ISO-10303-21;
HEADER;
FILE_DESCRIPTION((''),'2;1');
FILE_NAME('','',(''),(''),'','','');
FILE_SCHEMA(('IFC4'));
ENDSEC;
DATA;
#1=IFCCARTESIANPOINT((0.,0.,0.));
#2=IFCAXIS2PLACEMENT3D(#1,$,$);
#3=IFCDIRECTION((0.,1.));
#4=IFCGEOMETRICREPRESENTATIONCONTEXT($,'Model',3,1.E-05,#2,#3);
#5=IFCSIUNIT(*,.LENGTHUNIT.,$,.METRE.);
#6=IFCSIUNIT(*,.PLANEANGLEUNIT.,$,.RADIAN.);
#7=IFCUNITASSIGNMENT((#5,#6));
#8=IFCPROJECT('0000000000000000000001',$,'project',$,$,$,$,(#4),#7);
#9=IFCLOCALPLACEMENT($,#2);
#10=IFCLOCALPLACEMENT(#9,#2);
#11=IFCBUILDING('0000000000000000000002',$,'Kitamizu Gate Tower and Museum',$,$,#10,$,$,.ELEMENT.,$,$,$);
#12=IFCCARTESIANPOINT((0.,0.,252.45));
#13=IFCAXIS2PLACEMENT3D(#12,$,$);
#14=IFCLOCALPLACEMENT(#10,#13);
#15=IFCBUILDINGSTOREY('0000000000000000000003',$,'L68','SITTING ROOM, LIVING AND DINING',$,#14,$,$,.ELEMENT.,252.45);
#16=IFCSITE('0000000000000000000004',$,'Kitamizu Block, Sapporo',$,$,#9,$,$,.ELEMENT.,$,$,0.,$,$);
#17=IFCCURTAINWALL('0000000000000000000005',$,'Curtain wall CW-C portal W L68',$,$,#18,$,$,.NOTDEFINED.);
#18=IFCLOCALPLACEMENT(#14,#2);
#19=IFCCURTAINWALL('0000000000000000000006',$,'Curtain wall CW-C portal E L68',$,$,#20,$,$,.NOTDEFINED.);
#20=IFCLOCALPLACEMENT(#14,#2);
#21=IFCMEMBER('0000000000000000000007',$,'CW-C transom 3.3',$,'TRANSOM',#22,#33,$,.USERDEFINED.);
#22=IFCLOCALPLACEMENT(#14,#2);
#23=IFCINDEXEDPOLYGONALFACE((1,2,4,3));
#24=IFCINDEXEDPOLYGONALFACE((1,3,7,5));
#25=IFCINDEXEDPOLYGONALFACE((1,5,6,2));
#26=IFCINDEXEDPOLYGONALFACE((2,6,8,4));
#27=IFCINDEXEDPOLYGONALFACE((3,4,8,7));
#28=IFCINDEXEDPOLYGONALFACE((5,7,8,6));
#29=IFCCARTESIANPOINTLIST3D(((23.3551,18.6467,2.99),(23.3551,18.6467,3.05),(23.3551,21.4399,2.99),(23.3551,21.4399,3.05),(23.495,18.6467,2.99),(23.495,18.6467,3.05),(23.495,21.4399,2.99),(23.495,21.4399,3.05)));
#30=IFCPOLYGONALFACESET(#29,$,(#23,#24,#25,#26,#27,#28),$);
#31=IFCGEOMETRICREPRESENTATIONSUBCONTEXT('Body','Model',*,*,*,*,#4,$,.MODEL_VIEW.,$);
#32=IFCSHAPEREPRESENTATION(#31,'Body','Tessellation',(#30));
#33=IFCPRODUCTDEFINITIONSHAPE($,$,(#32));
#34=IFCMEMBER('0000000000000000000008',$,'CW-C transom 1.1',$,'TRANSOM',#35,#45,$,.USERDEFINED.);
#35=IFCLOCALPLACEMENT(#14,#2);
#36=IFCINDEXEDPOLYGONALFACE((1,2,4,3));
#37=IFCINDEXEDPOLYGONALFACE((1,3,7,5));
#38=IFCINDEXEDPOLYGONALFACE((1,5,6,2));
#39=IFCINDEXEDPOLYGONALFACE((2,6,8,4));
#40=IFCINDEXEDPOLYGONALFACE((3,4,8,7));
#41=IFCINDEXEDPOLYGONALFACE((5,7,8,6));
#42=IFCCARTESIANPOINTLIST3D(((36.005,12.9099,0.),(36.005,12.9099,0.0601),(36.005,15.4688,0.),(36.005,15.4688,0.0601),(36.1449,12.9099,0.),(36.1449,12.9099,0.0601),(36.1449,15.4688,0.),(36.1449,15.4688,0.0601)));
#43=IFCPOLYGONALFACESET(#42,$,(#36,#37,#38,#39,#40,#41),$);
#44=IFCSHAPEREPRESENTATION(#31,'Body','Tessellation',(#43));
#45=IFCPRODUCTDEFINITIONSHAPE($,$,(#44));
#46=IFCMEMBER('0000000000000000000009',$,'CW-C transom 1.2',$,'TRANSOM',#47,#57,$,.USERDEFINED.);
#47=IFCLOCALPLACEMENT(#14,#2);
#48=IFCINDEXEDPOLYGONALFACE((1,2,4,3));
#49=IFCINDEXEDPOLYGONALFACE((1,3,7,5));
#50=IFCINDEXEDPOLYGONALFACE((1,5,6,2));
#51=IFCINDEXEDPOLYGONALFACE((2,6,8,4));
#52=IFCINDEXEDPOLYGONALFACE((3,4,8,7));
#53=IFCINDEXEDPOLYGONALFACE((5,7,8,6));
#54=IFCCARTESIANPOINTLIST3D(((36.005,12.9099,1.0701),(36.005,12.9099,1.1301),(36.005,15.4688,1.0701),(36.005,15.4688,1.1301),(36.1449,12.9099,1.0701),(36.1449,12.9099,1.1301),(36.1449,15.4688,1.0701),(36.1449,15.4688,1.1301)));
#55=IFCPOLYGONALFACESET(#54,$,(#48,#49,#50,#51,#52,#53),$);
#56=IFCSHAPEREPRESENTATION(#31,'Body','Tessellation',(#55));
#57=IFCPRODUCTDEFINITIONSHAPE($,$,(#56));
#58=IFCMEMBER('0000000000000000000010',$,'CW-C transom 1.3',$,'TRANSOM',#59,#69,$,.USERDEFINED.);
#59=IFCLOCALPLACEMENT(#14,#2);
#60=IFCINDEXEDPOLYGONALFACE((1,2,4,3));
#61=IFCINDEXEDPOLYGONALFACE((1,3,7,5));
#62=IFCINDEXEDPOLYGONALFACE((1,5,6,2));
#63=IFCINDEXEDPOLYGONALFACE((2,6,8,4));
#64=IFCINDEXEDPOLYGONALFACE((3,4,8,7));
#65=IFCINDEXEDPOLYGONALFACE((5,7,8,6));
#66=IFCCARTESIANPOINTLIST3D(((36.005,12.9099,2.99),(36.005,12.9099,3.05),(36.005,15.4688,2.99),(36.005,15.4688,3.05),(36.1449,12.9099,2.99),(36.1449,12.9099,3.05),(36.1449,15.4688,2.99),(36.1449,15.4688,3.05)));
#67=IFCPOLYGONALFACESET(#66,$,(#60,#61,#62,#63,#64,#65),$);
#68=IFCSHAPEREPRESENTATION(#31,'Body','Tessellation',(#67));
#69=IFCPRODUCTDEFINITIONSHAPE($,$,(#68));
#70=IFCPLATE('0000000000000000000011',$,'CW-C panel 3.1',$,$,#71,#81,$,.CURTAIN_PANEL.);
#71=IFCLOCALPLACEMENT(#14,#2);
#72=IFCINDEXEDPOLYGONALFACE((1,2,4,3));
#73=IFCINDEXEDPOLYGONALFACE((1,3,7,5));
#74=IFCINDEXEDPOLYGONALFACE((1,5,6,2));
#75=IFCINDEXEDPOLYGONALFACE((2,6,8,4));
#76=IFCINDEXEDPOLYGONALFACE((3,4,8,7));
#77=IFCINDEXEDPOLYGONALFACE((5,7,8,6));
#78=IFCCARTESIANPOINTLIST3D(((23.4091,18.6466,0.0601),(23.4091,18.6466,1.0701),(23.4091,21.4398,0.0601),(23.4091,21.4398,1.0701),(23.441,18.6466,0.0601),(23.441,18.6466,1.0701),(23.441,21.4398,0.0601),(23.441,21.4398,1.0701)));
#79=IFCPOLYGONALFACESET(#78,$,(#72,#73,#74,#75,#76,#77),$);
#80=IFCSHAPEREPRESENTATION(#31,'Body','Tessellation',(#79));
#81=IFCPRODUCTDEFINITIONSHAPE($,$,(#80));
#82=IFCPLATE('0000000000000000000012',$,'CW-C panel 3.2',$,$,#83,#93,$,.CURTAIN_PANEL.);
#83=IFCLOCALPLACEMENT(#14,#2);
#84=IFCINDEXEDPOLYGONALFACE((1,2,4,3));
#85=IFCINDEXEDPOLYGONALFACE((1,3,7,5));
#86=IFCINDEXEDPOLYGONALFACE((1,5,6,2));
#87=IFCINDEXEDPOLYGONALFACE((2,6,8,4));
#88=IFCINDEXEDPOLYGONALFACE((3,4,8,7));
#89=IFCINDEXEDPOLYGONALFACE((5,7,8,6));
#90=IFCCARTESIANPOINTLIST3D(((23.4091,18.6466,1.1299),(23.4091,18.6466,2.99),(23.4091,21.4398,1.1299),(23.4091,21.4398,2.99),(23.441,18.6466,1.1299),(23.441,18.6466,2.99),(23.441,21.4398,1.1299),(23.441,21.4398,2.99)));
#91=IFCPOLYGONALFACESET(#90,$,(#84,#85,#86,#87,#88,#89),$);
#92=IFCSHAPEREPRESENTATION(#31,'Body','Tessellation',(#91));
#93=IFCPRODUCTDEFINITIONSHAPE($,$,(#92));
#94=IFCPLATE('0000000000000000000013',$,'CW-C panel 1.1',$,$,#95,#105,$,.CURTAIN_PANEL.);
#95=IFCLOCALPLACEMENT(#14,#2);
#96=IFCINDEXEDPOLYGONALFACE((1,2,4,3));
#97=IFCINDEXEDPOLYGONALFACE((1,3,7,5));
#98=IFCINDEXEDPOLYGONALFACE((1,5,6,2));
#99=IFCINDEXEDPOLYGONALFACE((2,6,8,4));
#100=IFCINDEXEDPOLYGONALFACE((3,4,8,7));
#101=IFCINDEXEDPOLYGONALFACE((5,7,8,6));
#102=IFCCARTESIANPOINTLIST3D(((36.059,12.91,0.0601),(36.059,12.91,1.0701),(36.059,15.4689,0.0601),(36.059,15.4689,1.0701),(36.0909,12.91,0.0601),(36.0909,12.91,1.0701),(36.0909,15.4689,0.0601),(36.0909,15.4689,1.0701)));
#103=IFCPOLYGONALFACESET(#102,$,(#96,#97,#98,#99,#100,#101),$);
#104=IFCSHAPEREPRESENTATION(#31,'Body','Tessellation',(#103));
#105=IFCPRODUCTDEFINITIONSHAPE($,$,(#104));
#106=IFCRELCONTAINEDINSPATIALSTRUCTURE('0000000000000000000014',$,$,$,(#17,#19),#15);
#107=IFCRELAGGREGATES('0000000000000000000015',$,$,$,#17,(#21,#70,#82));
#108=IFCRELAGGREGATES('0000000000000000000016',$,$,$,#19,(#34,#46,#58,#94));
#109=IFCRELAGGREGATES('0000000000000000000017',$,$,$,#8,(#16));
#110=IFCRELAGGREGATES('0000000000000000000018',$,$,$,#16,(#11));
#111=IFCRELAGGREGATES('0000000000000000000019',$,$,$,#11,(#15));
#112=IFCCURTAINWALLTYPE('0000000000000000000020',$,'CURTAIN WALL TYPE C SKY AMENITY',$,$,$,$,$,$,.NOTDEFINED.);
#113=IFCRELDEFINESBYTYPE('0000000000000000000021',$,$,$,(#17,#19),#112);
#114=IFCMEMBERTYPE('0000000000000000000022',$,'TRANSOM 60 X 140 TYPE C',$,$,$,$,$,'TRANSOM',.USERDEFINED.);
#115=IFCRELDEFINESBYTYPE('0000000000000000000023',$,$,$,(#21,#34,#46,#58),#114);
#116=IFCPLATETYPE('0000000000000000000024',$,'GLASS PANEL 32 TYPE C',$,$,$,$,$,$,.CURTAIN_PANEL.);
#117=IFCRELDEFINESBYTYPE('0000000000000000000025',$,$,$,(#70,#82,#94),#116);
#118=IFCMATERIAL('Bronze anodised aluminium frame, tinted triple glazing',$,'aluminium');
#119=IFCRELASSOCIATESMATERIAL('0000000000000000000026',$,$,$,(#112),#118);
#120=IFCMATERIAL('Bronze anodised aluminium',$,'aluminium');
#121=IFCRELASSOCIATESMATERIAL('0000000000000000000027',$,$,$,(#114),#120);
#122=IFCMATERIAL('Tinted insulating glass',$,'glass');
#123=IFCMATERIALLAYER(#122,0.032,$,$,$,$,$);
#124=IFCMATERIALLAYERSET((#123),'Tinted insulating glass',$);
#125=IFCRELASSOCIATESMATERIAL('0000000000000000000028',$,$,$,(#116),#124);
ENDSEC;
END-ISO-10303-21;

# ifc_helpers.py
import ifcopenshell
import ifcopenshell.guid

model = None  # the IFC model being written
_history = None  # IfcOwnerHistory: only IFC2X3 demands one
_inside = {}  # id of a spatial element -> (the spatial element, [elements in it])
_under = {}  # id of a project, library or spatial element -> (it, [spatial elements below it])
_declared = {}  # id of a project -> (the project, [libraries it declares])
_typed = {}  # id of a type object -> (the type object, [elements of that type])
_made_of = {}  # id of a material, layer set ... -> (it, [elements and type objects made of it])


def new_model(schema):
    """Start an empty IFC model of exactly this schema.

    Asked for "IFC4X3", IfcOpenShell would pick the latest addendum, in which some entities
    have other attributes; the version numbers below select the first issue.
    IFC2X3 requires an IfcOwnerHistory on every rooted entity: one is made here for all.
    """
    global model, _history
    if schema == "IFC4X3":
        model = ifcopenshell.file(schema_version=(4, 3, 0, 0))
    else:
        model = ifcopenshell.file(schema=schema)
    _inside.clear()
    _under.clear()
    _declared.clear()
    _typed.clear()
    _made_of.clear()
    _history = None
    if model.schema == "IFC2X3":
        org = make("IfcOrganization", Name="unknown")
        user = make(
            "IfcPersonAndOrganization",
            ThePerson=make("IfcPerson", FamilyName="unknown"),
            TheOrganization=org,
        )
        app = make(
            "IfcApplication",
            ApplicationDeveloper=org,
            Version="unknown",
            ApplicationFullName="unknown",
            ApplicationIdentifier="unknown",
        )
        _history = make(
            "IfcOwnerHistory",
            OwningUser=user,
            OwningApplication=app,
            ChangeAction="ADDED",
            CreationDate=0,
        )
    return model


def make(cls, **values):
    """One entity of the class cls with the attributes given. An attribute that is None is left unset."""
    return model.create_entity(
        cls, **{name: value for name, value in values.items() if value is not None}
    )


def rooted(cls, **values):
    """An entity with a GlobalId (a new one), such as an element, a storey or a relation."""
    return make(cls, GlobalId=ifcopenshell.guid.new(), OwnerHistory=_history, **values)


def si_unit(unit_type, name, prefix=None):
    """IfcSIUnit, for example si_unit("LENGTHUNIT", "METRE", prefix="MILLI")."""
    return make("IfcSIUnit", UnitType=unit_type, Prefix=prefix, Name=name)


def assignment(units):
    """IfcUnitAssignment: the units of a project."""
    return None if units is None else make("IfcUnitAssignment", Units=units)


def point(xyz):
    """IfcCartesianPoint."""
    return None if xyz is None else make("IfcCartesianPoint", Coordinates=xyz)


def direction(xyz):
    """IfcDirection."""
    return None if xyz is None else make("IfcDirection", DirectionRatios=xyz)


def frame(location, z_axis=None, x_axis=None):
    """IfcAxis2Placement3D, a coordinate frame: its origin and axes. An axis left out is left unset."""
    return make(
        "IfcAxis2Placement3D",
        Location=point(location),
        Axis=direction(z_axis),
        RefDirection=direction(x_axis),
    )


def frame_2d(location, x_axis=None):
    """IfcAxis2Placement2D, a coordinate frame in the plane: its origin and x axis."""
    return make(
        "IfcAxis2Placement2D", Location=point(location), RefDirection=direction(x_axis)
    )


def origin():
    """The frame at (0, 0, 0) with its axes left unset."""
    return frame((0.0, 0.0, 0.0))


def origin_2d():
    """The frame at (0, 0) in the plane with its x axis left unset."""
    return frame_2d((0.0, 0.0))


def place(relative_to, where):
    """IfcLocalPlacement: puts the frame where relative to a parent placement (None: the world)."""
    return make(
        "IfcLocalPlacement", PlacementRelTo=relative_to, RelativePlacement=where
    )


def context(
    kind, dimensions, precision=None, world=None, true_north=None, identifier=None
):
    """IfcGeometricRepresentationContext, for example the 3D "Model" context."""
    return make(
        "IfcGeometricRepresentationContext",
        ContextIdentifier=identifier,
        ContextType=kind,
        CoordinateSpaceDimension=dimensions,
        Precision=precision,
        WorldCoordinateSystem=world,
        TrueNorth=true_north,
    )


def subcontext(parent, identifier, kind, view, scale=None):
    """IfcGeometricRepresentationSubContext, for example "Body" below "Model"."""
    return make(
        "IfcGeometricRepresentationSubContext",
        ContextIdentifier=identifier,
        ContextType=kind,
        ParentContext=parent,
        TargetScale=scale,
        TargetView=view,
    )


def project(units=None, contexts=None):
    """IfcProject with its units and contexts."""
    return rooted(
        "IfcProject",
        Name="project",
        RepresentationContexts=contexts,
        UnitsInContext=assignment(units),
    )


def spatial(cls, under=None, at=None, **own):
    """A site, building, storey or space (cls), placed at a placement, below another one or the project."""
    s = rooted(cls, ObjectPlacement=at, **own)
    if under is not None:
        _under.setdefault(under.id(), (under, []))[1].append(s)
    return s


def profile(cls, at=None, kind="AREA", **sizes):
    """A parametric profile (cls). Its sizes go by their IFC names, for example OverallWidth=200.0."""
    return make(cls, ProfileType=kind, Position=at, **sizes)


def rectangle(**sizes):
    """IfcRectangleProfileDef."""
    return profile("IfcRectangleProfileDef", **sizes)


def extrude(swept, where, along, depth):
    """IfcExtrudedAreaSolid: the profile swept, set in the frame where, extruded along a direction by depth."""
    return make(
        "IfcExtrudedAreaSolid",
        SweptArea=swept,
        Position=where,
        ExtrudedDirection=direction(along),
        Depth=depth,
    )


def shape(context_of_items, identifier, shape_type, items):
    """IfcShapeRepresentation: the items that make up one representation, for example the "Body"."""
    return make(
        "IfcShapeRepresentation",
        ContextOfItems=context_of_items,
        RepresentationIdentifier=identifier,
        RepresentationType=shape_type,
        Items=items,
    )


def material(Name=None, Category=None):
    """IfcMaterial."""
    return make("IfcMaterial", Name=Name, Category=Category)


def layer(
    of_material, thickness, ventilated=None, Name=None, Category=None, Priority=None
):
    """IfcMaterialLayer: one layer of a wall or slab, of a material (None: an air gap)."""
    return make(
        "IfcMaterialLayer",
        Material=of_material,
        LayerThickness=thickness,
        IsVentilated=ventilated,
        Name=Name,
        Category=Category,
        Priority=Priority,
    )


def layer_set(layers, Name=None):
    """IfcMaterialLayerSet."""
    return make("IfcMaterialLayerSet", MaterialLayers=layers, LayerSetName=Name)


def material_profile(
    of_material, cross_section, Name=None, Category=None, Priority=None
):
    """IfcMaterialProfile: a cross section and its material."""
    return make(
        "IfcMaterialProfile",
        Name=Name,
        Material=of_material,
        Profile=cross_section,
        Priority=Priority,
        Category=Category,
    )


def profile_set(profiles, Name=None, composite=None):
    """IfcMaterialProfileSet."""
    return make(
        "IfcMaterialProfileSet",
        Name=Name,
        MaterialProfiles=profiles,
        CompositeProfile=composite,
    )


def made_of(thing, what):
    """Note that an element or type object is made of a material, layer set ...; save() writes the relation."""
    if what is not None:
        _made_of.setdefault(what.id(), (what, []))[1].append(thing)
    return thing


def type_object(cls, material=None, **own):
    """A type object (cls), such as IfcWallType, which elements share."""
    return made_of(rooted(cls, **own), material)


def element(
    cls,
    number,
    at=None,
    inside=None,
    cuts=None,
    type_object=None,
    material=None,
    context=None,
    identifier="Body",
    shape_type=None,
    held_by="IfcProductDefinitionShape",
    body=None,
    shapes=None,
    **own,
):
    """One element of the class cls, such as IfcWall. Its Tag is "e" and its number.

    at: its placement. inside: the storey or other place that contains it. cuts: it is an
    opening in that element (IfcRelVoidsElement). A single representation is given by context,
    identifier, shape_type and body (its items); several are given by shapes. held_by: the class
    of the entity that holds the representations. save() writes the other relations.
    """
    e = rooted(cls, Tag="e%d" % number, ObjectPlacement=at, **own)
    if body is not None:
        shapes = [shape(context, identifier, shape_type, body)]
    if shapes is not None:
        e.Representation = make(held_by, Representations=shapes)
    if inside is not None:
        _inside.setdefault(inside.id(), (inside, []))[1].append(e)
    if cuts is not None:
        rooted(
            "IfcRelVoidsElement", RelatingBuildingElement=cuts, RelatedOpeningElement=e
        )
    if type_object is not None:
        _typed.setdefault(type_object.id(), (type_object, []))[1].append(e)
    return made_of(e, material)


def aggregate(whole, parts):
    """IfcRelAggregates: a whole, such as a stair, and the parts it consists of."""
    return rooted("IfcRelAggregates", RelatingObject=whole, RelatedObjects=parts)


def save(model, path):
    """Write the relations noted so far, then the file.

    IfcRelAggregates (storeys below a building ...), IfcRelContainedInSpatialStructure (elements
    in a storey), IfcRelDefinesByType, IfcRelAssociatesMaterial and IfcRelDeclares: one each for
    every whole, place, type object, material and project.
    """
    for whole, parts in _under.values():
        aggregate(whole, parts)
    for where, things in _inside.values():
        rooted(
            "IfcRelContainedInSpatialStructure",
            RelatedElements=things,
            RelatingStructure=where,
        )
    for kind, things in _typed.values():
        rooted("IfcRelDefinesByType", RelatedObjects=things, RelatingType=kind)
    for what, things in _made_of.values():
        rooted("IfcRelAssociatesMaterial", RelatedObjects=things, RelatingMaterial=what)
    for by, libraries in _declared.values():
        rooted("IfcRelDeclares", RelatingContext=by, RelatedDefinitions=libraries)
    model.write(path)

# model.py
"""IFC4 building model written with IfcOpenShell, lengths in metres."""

from ifc_helpers import new_model, si_unit, direction, frame, origin, origin_2d, place, context, subcontext, project, spatial, rectangle, extrude, material, layer, layer_set, material_profile, profile_set, type_object, element, aggregate, save


model = new_model("IFC4")

# Units and contexts
model_context = context("Model", 3, precision=1e-05, world=origin(), true_north=direction((0.0, 1.0)))
body_context = subcontext(model_context, "Body", "Model", "MODEL_VIEW")
ifc_project = project(units=[si_unit("LENGTHUNIT", "METRE"), si_unit("PLANEANGLEUNIT", "RADIAN")], contexts=[model_context])

# Site, building, storey
site_placement = place(None, origin())
site = spatial("IfcSite", under=ifc_project, at=site_placement, Name="Kitamizu Block, Sapporo", CompositionType="ELEMENT", RefElevation=0.0)
building_placement = place(site_placement, origin())
building = spatial("IfcBuilding", under=site, at=building_placement, Name="Kitamizu Gate Tower and Museum", CompositionType="ELEMENT")
storey_placement = place(building_placement, frame((0.0, 0.0, 252.45)))
storey = spatial("IfcBuildingStorey", under=building, at=storey_placement, Name="L68", Description="SITTING ROOM, LIVING AND DINING", CompositionType="ELEMENT", Elevation=252.45)

# Curtain walls
ifc_material_1 = material(Name="Bronze anodised aluminium frame, tinted triple glazing", Category="aluminium")
curtain_wall_type = type_object("IfcCurtainWallType", Name="CURTAIN WALL TYPE C SKY AMENITY", PredefinedType="NOTDEFINED", material=ifc_material_1)
curtain_wall_1_placement = place(storey_placement, origin())
curtain_wall_1 = element("IfcCurtainWall", 1, at=curtain_wall_1_placement, inside=storey, type_object=curtain_wall_type, Name="Curtain wall CW-C portal W L68", PredefinedType="NOTDEFINED")
curtain_wall_2_placement = place(storey_placement, origin())
curtain_wall_2 = element("IfcCurtainWall", 2, at=curtain_wall_2_placement, inside=storey, type_object=curtain_wall_type, Name="Curtain wall CW-C portal E L68", PredefinedType="NOTDEFINED")

# Members
ifc_material_2 = material(Name="Bronze anodised aluminium", Category="aluminium")
ifc_material_profile_1 = material_profile(ifc_material_2, rectangle(XDim=0.1399, YDim=0.0601, at=origin_2d()), Name="AL 60X140")
ifc_profile_set_1 = profile_set([ifc_material_profile_1], Name="Bronze anodised aluminium")
member_type_1 = type_object("IfcMemberType", Name="TRANSOM 60 X 140 TYPE C", ElementType="TRANSOM", PredefinedType="USERDEFINED", material=ifc_profile_set_1)
member_1_placement = place(storey_placement, frame((23.425, 18.6467, 3.02), z_axis=(0.0, 1.0, 0.0), x_axis=(-1.0, 0.0, 0.0)))
member_1 = element("IfcMember", 3, at=member_1_placement, type_object=member_type_1, Name="CW-C transom 3.3", ObjectType="TRANSOM", PredefinedType="USERDEFINED", context=body_context, shape_type="SweptSolid", body=[
    extrude(rectangle(XDim=0.1399, YDim=0.0601, at=origin_2d()), origin(), (0.0, 0.0, 1.0), 2.7932),
])
member_2_placement = place(storey_placement, frame((36.075, 12.9099, 0.03), z_axis=(0.0, 1.0, 0.0), x_axis=(-1.0, 0.0, 0.0)))
member_2 = element("IfcMember", 4, at=member_2_placement, type_object=member_type_1, Name="CW-C transom 1.1", ObjectType="TRANSOM", PredefinedType="USERDEFINED", context=body_context, shape_type="SweptSolid", body=[
    extrude(rectangle(XDim=0.1399, YDim=0.0601, at=origin_2d()), origin(), (0.0, 0.0, 1.0), 2.5588),
])
member_3_placement = place(storey_placement, frame((36.075, 12.9099, 1.1001), z_axis=(0.0, 1.0, 0.0), x_axis=(-1.0, 0.0, 0.0)))
member_3 = element("IfcMember", 5, at=member_3_placement, type_object=member_type_1, Name="CW-C transom 1.2", ObjectType="TRANSOM", PredefinedType="USERDEFINED", context=body_context, shape_type="SweptSolid", body=[
    extrude(rectangle(XDim=0.1399, YDim=0.0601, at=origin_2d()), origin(), (0.0, 0.0, 1.0), 2.5588),
])
member_4_placement = place(storey_placement, frame((36.075, 12.9099, 3.02), z_axis=(0.0, 1.0, 0.0), x_axis=(-1.0, 0.0, 0.0)))
member_4 = element("IfcMember", 6, at=member_4_placement, type_object=member_type_1, Name="CW-C transom 1.3", ObjectType="TRANSOM", PredefinedType="USERDEFINED", context=body_context, shape_type="SweptSolid", body=[
    extrude(rectangle(XDim=0.1399, YDim=0.0601, at=origin_2d()), origin(), (0.0, 0.0, 1.0), 2.5588),
])

# Plates
ifc_material_3 = material(Name="Tinted insulating glass", Category="glass")
ifc_layer_1 = layer(ifc_material_3, 0.032)
ifc_layer_set_1 = layer_set([ifc_layer_1], Name="Tinted insulating glass")
plate_type = type_object("IfcPlateType", Name="GLASS PANEL 32 TYPE C", PredefinedType="CURTAIN_PANEL", material=ifc_layer_set_1)
plate_1_placement = place(storey_placement, frame((23.425, 20.0432, 0.0601), z_axis=(0.0, 0.0, 1.0), x_axis=(0.0, 1.0, 0.0)))
plate_1 = element("IfcPlate", 7, at=plate_1_placement, type_object=plate_type, Name="CW-C panel 3.1", PredefinedType="CURTAIN_PANEL", context=body_context, shape_type="SweptSolid", body=[
    extrude(rectangle(XDim=2.7932, YDim=0.032, at=origin_2d()), origin(), (0.0, 0.0, 1.0), 1.01),
])
plate_2_placement = place(storey_placement, frame((23.425, 20.0432, 1.1299), z_axis=(0.0, 0.0, 1.0), x_axis=(0.0, 1.0, 0.0)))
plate_2 = element("IfcPlate", 8, at=plate_2_placement, type_object=plate_type, Name="CW-C panel 3.2", PredefinedType="CURTAIN_PANEL", context=body_context, shape_type="SweptSolid", body=[
    extrude(rectangle(XDim=2.7932, YDim=0.032, at=origin_2d()), origin(), (0.0, 0.0, 1.0), 1.8601),
])
aggregate(curtain_wall_1, [member_1, plate_1, plate_2])
plate_3_placement = place(storey_placement, frame((36.075, 14.1895, 0.0601), z_axis=(0.0, 0.0, 1.0), x_axis=(0.0, 1.0, 0.0)))
plate_3 = element("IfcPlate", 9, at=plate_3_placement, type_object=plate_type, Name="CW-C panel 1.1", PredefinedType="CURTAIN_PANEL", context=body_context, shape_type="SweptSolid", body=[
    extrude(rectangle(XDim=2.5588, YDim=0.032, at=origin_2d()), origin(), (0.0, 0.0, 1.0), 1.01),
])
aggregate(curtain_wall_2, [member_2, member_3, member_4, plate_3])

save(model, "model.ifc")
